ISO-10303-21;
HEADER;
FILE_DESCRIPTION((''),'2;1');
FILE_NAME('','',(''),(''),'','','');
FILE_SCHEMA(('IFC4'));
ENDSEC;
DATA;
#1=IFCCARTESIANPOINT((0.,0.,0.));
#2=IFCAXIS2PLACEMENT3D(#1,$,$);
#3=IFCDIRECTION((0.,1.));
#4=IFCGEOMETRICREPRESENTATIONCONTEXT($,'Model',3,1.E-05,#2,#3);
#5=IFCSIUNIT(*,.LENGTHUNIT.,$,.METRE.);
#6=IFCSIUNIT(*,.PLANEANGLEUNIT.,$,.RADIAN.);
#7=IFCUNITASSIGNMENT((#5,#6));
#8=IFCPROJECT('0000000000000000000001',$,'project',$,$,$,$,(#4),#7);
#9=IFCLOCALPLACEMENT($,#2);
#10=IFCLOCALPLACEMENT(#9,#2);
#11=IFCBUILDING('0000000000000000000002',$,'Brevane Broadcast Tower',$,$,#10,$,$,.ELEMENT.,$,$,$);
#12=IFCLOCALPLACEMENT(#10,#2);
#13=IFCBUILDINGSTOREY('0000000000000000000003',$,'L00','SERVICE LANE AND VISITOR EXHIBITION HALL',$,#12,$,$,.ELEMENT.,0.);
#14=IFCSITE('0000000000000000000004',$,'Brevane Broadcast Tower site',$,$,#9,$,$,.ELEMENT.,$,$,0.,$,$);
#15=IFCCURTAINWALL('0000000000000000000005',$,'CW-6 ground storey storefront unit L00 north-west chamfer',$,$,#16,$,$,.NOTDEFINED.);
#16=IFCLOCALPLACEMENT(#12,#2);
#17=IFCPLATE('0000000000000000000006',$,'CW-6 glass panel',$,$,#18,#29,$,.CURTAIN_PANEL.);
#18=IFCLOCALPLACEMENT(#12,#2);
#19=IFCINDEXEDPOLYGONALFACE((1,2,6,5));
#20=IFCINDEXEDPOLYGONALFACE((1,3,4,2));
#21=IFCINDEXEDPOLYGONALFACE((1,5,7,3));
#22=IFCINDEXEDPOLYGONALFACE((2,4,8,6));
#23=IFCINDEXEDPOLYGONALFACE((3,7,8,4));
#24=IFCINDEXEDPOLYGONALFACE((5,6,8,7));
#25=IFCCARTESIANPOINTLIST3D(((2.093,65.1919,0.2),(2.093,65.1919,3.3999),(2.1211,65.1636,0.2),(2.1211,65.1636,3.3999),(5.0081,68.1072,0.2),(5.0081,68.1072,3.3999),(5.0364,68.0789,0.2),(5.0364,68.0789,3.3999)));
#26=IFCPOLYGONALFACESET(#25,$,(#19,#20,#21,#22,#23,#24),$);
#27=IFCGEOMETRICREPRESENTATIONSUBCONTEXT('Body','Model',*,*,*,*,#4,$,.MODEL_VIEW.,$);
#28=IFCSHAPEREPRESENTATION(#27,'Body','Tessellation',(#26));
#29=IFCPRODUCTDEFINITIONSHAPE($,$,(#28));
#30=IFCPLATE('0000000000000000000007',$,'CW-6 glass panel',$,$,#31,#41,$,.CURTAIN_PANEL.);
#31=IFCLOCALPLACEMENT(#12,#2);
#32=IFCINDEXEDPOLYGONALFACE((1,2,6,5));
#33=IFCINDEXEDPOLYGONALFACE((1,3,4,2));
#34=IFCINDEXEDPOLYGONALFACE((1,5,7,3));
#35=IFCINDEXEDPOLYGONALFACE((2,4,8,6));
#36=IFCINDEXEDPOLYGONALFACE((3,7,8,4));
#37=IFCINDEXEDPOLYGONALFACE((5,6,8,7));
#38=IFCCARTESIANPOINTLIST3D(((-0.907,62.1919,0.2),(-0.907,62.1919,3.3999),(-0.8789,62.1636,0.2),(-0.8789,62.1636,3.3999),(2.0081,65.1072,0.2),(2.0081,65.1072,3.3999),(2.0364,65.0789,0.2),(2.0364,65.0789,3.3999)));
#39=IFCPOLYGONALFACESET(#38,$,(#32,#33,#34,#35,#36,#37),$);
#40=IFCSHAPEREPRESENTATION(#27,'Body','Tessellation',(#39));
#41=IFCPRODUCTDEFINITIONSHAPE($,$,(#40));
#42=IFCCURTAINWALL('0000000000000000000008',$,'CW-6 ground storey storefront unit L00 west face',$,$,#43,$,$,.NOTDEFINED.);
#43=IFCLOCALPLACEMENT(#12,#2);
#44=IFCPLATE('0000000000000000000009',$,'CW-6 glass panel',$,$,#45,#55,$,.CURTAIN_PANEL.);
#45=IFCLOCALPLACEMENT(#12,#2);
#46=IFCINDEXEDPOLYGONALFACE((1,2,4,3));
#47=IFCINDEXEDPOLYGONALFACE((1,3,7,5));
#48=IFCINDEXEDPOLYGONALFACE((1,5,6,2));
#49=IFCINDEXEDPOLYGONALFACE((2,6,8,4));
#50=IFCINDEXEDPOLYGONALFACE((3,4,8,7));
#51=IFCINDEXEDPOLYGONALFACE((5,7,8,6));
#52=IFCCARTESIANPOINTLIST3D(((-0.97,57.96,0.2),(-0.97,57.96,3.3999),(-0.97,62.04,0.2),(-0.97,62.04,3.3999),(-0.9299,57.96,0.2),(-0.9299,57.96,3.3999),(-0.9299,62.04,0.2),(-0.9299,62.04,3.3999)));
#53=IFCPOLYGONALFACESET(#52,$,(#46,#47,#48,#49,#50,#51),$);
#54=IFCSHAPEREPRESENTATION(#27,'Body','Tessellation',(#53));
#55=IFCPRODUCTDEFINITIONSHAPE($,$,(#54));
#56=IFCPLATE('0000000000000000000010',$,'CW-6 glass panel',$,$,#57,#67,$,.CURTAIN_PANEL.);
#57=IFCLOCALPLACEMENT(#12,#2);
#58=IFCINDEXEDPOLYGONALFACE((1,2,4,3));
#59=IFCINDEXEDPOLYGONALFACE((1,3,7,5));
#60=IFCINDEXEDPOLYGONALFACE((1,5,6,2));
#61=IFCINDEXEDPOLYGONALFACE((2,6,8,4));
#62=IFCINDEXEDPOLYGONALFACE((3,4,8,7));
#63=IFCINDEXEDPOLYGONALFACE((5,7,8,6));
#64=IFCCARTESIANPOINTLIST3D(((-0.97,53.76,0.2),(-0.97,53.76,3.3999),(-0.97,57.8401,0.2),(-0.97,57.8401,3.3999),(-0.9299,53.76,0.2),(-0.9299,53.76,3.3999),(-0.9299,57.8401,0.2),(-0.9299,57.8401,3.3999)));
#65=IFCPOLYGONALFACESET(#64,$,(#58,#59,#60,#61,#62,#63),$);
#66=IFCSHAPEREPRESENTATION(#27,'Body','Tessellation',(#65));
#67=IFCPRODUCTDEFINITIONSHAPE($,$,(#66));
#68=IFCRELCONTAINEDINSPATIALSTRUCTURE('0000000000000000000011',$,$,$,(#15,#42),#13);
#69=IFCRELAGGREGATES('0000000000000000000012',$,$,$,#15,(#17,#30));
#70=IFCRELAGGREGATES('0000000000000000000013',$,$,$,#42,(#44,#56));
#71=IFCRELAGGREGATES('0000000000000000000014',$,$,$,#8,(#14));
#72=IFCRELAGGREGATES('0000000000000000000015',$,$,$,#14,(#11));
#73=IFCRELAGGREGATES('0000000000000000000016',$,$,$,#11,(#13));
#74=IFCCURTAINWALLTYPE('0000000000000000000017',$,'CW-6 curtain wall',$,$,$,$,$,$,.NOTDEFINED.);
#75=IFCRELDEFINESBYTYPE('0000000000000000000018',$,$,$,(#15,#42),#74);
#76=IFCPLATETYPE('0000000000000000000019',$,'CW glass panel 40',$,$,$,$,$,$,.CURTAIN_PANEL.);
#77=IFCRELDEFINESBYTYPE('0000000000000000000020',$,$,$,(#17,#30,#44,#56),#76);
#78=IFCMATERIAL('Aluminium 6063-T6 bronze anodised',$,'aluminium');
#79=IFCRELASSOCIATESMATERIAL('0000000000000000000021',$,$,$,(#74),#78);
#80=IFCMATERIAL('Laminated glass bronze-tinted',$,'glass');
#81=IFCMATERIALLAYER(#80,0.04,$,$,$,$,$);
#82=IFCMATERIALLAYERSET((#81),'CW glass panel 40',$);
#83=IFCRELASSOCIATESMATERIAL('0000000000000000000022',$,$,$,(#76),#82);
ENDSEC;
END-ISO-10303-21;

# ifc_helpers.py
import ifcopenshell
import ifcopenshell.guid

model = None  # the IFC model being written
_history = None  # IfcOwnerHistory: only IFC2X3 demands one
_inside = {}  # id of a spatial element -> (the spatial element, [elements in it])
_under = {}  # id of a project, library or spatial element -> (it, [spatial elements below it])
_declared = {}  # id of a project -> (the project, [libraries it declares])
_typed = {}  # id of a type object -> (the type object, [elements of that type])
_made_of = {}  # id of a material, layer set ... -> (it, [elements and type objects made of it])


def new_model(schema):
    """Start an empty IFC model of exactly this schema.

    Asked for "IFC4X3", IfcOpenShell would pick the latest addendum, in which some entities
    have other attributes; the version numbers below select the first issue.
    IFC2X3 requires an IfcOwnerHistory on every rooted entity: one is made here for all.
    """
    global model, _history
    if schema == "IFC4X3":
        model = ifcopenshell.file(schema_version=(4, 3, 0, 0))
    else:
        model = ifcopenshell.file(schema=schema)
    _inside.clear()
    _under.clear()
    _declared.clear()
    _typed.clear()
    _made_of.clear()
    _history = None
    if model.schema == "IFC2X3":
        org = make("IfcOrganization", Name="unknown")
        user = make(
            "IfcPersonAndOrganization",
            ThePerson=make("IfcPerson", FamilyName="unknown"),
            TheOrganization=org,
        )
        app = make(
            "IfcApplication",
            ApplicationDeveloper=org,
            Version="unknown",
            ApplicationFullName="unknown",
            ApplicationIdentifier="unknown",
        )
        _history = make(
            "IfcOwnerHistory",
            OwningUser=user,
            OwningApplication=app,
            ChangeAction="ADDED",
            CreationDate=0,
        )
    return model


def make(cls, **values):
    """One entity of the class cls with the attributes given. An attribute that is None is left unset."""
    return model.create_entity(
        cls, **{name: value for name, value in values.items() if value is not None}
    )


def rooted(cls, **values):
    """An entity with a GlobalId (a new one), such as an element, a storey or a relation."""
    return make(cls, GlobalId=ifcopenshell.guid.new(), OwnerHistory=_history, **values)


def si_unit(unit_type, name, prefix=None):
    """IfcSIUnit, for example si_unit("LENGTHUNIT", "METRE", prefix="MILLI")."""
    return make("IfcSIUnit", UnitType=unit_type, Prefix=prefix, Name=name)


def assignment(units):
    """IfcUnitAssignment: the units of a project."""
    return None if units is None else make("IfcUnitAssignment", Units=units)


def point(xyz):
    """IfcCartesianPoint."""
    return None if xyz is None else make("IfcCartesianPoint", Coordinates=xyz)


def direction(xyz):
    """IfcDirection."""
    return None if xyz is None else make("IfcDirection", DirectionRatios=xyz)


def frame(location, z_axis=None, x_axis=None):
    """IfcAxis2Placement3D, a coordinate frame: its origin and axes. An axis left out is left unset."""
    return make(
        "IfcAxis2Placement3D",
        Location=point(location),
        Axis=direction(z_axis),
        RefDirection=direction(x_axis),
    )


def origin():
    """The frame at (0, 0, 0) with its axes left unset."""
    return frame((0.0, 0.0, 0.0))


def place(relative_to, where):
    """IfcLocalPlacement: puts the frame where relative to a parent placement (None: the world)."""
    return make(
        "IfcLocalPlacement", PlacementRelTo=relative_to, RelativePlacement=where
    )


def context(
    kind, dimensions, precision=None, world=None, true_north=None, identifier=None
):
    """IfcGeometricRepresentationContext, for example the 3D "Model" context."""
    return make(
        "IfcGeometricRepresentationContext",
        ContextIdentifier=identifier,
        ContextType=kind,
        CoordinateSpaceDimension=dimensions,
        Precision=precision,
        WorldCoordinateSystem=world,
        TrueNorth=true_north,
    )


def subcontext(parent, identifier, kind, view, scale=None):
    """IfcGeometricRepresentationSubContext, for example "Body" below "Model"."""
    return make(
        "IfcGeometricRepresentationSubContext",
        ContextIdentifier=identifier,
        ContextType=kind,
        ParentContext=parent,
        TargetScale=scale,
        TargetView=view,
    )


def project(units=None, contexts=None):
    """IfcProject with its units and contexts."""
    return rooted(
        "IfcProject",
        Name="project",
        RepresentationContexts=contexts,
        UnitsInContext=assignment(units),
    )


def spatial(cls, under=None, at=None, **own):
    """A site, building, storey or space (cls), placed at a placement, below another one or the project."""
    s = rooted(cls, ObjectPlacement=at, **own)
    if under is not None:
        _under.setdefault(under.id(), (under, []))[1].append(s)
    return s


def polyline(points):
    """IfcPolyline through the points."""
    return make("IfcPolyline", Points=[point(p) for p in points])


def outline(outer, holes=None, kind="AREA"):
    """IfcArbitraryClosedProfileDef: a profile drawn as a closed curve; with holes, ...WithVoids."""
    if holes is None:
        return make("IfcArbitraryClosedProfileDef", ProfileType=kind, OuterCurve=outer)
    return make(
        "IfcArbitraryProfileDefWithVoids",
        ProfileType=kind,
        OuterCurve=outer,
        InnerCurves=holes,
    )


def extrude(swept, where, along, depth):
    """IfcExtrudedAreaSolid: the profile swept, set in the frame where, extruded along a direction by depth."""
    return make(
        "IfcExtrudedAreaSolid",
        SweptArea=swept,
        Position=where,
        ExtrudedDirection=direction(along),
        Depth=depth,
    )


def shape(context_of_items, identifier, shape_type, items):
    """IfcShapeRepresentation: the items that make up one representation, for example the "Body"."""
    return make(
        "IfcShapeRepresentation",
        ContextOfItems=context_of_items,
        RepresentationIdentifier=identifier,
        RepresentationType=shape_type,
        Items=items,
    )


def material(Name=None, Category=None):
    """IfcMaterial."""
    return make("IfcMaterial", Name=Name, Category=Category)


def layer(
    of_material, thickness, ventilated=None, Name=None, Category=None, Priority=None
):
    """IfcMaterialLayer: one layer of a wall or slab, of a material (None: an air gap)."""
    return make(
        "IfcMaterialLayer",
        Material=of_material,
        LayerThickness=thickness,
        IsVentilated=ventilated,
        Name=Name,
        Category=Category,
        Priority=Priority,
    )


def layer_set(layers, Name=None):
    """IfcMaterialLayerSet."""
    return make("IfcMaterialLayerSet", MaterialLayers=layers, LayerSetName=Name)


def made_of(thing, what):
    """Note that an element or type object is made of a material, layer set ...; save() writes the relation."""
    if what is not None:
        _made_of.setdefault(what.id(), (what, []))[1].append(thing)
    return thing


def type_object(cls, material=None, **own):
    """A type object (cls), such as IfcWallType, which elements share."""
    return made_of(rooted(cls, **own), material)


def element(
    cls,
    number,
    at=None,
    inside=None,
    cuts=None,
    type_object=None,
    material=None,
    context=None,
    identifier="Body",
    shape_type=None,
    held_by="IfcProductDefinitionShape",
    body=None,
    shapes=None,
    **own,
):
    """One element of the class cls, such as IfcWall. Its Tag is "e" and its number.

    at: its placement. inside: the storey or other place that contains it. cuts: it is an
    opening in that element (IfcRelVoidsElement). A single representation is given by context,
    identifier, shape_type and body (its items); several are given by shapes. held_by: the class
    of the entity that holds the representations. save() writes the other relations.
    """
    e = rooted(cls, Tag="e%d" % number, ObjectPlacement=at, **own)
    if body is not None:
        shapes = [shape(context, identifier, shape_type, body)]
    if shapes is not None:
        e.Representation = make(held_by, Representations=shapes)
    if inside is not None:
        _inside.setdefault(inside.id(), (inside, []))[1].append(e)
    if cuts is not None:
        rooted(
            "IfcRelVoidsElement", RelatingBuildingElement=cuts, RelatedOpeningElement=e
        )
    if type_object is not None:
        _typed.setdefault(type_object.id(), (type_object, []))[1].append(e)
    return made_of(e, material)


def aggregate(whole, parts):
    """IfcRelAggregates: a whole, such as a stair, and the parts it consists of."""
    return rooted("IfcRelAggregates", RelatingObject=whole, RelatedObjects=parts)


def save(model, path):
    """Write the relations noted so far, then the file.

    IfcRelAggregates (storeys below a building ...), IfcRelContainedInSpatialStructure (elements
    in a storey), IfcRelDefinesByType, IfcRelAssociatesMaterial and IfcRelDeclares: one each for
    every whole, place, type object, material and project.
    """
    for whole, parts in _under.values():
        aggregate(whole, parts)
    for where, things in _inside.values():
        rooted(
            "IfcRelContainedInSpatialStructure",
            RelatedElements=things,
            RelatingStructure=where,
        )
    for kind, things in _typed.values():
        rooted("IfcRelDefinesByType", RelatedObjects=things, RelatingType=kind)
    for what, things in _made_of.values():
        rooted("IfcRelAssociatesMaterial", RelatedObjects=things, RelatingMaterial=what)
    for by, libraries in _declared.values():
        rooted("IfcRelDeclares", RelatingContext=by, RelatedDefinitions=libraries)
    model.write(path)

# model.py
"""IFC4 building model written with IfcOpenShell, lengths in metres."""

from ifc_helpers import new_model, si_unit, direction, frame, origin, place, context, subcontext, project, spatial, polyline, outline, extrude, material, layer, layer_set, type_object, element, aggregate, save


model = new_model("IFC4")

# Units and contexts
model_context = context("Model", 3, precision=1e-05, world=origin(), true_north=direction((0.0, 1.0)))
body_context = subcontext(model_context, "Body", "Model", "MODEL_VIEW")
ifc_project = project(units=[si_unit("LENGTHUNIT", "METRE"), si_unit("PLANEANGLEUNIT", "RADIAN")], contexts=[model_context])

# Site, building, storey
site_placement = place(None, origin())
site = spatial("IfcSite", under=ifc_project, at=site_placement, Name="Brevane Broadcast Tower site", CompositionType="ELEMENT", RefElevation=0.0)
building_placement = place(site_placement, origin())
building = spatial("IfcBuilding", under=site, at=building_placement, Name="Brevane Broadcast Tower", CompositionType="ELEMENT")
storey_placement = place(building_placement, origin())
storey = spatial("IfcBuildingStorey", under=building, at=storey_placement, Name="L00", Description="SERVICE LANE AND VISITOR EXHIBITION HALL", CompositionType="ELEMENT", Elevation=0.0)

# Shared definitions
ifc_material_1 = material(Name="Aluminium 6063-T6 bronze anodised", Category="aluminium")
curtain_wall_type = type_object("IfcCurtainWallType", Name="CW-6 curtain wall", PredefinedType="NOTDEFINED", material=ifc_material_1)
ifc_material_2 = material(Name="Laminated glass bronze-tinted", Category="glass")
ifc_layer = layer(ifc_material_2, 0.04)
ifc_layer_set = layer_set([ifc_layer], Name="CW glass panel 40")
plate_type = type_object("IfcPlateType", Name="CW glass panel 40", PredefinedType="CURTAIN_PANEL", material=ifc_layer_set)

# Curtain walls, plates
curtain_wall_1_placement = place(storey_placement, origin())
curtain_wall_1 = element("IfcCurtainWall", 1, at=curtain_wall_1_placement, inside=storey, type_object=curtain_wall_type, Name="CW-6 ground storey storefront unit L00 north-west chamfer", PredefinedType="NOTDEFINED")
plate_1_placement = place(storey_placement, frame((0.0, 0.0, 0.2)))
plate_1 = element("IfcPlate", 2, at=plate_1_placement, type_object=plate_type, Name="CW-6 glass panel", PredefinedType="CURTAIN_PANEL", context=body_context, shape_type="SweptSolid", body=[
    extrude(outline(polyline([(5.0364, 68.0789), (2.1211, 65.1636), (2.093, 65.1919), (5.0081, 68.1072), (5.0364, 68.0789)])), origin(), (0.0, 0.0, 1.0), 3.2),
])
plate_2_placement = place(storey_placement, frame((0.0, 0.0, 0.2)))
plate_2 = element("IfcPlate", 3, at=plate_2_placement, type_object=plate_type, Name="CW-6 glass panel", PredefinedType="CURTAIN_PANEL", context=body_context, shape_type="SweptSolid", body=[
    extrude(outline(polyline([(2.0364, 65.0789), (-0.8789, 62.1636), (-0.907, 62.1919), (2.0081, 65.1072), (2.0364, 65.0789)])), origin(), (0.0, 0.0, 1.0), 3.2),
])
aggregate(curtain_wall_1, [plate_1, plate_2])
curtain_wall_2_placement = place(storey_placement, origin())
curtain_wall_2 = element("IfcCurtainWall", 4, at=curtain_wall_2_placement, inside=storey, type_object=curtain_wall_type, Name="CW-6 ground storey storefront unit L00 west face", PredefinedType="NOTDEFINED")
plate_3_placement = place(storey_placement, frame((0.0, 0.0, 0.2)))
plate_3 = element("IfcPlate", 5, at=plate_3_placement, type_object=plate_type, Name="CW-6 glass panel", PredefinedType="CURTAIN_PANEL", context=body_context, shape_type="SweptSolid", body=[
    extrude(outline(polyline([(-0.97, 57.96), (-0.9299, 57.96), (-0.9299, 62.04), (-0.97, 62.04), (-0.97, 57.96)])), origin(), (0.0, 0.0, 1.0), 3.2),
])
plate_4_placement = place(storey_placement, frame((0.0, 0.0, 0.2)))
plate_4 = element("IfcPlate", 6, at=plate_4_placement, type_object=plate_type, Name="CW-6 glass panel", PredefinedType="CURTAIN_PANEL", context=body_context, shape_type="SweptSolid", body=[
    extrude(outline(polyline([(-0.97, 53.76), (-0.9299, 53.76), (-0.9299, 57.8401), (-0.97, 57.8401), (-0.97, 53.76)])), origin(), (0.0, 0.0, 1.0), 3.2),
])
aggregate(curtain_wall_2, [plate_3, plate_4])

save(model, "model.ifc")
